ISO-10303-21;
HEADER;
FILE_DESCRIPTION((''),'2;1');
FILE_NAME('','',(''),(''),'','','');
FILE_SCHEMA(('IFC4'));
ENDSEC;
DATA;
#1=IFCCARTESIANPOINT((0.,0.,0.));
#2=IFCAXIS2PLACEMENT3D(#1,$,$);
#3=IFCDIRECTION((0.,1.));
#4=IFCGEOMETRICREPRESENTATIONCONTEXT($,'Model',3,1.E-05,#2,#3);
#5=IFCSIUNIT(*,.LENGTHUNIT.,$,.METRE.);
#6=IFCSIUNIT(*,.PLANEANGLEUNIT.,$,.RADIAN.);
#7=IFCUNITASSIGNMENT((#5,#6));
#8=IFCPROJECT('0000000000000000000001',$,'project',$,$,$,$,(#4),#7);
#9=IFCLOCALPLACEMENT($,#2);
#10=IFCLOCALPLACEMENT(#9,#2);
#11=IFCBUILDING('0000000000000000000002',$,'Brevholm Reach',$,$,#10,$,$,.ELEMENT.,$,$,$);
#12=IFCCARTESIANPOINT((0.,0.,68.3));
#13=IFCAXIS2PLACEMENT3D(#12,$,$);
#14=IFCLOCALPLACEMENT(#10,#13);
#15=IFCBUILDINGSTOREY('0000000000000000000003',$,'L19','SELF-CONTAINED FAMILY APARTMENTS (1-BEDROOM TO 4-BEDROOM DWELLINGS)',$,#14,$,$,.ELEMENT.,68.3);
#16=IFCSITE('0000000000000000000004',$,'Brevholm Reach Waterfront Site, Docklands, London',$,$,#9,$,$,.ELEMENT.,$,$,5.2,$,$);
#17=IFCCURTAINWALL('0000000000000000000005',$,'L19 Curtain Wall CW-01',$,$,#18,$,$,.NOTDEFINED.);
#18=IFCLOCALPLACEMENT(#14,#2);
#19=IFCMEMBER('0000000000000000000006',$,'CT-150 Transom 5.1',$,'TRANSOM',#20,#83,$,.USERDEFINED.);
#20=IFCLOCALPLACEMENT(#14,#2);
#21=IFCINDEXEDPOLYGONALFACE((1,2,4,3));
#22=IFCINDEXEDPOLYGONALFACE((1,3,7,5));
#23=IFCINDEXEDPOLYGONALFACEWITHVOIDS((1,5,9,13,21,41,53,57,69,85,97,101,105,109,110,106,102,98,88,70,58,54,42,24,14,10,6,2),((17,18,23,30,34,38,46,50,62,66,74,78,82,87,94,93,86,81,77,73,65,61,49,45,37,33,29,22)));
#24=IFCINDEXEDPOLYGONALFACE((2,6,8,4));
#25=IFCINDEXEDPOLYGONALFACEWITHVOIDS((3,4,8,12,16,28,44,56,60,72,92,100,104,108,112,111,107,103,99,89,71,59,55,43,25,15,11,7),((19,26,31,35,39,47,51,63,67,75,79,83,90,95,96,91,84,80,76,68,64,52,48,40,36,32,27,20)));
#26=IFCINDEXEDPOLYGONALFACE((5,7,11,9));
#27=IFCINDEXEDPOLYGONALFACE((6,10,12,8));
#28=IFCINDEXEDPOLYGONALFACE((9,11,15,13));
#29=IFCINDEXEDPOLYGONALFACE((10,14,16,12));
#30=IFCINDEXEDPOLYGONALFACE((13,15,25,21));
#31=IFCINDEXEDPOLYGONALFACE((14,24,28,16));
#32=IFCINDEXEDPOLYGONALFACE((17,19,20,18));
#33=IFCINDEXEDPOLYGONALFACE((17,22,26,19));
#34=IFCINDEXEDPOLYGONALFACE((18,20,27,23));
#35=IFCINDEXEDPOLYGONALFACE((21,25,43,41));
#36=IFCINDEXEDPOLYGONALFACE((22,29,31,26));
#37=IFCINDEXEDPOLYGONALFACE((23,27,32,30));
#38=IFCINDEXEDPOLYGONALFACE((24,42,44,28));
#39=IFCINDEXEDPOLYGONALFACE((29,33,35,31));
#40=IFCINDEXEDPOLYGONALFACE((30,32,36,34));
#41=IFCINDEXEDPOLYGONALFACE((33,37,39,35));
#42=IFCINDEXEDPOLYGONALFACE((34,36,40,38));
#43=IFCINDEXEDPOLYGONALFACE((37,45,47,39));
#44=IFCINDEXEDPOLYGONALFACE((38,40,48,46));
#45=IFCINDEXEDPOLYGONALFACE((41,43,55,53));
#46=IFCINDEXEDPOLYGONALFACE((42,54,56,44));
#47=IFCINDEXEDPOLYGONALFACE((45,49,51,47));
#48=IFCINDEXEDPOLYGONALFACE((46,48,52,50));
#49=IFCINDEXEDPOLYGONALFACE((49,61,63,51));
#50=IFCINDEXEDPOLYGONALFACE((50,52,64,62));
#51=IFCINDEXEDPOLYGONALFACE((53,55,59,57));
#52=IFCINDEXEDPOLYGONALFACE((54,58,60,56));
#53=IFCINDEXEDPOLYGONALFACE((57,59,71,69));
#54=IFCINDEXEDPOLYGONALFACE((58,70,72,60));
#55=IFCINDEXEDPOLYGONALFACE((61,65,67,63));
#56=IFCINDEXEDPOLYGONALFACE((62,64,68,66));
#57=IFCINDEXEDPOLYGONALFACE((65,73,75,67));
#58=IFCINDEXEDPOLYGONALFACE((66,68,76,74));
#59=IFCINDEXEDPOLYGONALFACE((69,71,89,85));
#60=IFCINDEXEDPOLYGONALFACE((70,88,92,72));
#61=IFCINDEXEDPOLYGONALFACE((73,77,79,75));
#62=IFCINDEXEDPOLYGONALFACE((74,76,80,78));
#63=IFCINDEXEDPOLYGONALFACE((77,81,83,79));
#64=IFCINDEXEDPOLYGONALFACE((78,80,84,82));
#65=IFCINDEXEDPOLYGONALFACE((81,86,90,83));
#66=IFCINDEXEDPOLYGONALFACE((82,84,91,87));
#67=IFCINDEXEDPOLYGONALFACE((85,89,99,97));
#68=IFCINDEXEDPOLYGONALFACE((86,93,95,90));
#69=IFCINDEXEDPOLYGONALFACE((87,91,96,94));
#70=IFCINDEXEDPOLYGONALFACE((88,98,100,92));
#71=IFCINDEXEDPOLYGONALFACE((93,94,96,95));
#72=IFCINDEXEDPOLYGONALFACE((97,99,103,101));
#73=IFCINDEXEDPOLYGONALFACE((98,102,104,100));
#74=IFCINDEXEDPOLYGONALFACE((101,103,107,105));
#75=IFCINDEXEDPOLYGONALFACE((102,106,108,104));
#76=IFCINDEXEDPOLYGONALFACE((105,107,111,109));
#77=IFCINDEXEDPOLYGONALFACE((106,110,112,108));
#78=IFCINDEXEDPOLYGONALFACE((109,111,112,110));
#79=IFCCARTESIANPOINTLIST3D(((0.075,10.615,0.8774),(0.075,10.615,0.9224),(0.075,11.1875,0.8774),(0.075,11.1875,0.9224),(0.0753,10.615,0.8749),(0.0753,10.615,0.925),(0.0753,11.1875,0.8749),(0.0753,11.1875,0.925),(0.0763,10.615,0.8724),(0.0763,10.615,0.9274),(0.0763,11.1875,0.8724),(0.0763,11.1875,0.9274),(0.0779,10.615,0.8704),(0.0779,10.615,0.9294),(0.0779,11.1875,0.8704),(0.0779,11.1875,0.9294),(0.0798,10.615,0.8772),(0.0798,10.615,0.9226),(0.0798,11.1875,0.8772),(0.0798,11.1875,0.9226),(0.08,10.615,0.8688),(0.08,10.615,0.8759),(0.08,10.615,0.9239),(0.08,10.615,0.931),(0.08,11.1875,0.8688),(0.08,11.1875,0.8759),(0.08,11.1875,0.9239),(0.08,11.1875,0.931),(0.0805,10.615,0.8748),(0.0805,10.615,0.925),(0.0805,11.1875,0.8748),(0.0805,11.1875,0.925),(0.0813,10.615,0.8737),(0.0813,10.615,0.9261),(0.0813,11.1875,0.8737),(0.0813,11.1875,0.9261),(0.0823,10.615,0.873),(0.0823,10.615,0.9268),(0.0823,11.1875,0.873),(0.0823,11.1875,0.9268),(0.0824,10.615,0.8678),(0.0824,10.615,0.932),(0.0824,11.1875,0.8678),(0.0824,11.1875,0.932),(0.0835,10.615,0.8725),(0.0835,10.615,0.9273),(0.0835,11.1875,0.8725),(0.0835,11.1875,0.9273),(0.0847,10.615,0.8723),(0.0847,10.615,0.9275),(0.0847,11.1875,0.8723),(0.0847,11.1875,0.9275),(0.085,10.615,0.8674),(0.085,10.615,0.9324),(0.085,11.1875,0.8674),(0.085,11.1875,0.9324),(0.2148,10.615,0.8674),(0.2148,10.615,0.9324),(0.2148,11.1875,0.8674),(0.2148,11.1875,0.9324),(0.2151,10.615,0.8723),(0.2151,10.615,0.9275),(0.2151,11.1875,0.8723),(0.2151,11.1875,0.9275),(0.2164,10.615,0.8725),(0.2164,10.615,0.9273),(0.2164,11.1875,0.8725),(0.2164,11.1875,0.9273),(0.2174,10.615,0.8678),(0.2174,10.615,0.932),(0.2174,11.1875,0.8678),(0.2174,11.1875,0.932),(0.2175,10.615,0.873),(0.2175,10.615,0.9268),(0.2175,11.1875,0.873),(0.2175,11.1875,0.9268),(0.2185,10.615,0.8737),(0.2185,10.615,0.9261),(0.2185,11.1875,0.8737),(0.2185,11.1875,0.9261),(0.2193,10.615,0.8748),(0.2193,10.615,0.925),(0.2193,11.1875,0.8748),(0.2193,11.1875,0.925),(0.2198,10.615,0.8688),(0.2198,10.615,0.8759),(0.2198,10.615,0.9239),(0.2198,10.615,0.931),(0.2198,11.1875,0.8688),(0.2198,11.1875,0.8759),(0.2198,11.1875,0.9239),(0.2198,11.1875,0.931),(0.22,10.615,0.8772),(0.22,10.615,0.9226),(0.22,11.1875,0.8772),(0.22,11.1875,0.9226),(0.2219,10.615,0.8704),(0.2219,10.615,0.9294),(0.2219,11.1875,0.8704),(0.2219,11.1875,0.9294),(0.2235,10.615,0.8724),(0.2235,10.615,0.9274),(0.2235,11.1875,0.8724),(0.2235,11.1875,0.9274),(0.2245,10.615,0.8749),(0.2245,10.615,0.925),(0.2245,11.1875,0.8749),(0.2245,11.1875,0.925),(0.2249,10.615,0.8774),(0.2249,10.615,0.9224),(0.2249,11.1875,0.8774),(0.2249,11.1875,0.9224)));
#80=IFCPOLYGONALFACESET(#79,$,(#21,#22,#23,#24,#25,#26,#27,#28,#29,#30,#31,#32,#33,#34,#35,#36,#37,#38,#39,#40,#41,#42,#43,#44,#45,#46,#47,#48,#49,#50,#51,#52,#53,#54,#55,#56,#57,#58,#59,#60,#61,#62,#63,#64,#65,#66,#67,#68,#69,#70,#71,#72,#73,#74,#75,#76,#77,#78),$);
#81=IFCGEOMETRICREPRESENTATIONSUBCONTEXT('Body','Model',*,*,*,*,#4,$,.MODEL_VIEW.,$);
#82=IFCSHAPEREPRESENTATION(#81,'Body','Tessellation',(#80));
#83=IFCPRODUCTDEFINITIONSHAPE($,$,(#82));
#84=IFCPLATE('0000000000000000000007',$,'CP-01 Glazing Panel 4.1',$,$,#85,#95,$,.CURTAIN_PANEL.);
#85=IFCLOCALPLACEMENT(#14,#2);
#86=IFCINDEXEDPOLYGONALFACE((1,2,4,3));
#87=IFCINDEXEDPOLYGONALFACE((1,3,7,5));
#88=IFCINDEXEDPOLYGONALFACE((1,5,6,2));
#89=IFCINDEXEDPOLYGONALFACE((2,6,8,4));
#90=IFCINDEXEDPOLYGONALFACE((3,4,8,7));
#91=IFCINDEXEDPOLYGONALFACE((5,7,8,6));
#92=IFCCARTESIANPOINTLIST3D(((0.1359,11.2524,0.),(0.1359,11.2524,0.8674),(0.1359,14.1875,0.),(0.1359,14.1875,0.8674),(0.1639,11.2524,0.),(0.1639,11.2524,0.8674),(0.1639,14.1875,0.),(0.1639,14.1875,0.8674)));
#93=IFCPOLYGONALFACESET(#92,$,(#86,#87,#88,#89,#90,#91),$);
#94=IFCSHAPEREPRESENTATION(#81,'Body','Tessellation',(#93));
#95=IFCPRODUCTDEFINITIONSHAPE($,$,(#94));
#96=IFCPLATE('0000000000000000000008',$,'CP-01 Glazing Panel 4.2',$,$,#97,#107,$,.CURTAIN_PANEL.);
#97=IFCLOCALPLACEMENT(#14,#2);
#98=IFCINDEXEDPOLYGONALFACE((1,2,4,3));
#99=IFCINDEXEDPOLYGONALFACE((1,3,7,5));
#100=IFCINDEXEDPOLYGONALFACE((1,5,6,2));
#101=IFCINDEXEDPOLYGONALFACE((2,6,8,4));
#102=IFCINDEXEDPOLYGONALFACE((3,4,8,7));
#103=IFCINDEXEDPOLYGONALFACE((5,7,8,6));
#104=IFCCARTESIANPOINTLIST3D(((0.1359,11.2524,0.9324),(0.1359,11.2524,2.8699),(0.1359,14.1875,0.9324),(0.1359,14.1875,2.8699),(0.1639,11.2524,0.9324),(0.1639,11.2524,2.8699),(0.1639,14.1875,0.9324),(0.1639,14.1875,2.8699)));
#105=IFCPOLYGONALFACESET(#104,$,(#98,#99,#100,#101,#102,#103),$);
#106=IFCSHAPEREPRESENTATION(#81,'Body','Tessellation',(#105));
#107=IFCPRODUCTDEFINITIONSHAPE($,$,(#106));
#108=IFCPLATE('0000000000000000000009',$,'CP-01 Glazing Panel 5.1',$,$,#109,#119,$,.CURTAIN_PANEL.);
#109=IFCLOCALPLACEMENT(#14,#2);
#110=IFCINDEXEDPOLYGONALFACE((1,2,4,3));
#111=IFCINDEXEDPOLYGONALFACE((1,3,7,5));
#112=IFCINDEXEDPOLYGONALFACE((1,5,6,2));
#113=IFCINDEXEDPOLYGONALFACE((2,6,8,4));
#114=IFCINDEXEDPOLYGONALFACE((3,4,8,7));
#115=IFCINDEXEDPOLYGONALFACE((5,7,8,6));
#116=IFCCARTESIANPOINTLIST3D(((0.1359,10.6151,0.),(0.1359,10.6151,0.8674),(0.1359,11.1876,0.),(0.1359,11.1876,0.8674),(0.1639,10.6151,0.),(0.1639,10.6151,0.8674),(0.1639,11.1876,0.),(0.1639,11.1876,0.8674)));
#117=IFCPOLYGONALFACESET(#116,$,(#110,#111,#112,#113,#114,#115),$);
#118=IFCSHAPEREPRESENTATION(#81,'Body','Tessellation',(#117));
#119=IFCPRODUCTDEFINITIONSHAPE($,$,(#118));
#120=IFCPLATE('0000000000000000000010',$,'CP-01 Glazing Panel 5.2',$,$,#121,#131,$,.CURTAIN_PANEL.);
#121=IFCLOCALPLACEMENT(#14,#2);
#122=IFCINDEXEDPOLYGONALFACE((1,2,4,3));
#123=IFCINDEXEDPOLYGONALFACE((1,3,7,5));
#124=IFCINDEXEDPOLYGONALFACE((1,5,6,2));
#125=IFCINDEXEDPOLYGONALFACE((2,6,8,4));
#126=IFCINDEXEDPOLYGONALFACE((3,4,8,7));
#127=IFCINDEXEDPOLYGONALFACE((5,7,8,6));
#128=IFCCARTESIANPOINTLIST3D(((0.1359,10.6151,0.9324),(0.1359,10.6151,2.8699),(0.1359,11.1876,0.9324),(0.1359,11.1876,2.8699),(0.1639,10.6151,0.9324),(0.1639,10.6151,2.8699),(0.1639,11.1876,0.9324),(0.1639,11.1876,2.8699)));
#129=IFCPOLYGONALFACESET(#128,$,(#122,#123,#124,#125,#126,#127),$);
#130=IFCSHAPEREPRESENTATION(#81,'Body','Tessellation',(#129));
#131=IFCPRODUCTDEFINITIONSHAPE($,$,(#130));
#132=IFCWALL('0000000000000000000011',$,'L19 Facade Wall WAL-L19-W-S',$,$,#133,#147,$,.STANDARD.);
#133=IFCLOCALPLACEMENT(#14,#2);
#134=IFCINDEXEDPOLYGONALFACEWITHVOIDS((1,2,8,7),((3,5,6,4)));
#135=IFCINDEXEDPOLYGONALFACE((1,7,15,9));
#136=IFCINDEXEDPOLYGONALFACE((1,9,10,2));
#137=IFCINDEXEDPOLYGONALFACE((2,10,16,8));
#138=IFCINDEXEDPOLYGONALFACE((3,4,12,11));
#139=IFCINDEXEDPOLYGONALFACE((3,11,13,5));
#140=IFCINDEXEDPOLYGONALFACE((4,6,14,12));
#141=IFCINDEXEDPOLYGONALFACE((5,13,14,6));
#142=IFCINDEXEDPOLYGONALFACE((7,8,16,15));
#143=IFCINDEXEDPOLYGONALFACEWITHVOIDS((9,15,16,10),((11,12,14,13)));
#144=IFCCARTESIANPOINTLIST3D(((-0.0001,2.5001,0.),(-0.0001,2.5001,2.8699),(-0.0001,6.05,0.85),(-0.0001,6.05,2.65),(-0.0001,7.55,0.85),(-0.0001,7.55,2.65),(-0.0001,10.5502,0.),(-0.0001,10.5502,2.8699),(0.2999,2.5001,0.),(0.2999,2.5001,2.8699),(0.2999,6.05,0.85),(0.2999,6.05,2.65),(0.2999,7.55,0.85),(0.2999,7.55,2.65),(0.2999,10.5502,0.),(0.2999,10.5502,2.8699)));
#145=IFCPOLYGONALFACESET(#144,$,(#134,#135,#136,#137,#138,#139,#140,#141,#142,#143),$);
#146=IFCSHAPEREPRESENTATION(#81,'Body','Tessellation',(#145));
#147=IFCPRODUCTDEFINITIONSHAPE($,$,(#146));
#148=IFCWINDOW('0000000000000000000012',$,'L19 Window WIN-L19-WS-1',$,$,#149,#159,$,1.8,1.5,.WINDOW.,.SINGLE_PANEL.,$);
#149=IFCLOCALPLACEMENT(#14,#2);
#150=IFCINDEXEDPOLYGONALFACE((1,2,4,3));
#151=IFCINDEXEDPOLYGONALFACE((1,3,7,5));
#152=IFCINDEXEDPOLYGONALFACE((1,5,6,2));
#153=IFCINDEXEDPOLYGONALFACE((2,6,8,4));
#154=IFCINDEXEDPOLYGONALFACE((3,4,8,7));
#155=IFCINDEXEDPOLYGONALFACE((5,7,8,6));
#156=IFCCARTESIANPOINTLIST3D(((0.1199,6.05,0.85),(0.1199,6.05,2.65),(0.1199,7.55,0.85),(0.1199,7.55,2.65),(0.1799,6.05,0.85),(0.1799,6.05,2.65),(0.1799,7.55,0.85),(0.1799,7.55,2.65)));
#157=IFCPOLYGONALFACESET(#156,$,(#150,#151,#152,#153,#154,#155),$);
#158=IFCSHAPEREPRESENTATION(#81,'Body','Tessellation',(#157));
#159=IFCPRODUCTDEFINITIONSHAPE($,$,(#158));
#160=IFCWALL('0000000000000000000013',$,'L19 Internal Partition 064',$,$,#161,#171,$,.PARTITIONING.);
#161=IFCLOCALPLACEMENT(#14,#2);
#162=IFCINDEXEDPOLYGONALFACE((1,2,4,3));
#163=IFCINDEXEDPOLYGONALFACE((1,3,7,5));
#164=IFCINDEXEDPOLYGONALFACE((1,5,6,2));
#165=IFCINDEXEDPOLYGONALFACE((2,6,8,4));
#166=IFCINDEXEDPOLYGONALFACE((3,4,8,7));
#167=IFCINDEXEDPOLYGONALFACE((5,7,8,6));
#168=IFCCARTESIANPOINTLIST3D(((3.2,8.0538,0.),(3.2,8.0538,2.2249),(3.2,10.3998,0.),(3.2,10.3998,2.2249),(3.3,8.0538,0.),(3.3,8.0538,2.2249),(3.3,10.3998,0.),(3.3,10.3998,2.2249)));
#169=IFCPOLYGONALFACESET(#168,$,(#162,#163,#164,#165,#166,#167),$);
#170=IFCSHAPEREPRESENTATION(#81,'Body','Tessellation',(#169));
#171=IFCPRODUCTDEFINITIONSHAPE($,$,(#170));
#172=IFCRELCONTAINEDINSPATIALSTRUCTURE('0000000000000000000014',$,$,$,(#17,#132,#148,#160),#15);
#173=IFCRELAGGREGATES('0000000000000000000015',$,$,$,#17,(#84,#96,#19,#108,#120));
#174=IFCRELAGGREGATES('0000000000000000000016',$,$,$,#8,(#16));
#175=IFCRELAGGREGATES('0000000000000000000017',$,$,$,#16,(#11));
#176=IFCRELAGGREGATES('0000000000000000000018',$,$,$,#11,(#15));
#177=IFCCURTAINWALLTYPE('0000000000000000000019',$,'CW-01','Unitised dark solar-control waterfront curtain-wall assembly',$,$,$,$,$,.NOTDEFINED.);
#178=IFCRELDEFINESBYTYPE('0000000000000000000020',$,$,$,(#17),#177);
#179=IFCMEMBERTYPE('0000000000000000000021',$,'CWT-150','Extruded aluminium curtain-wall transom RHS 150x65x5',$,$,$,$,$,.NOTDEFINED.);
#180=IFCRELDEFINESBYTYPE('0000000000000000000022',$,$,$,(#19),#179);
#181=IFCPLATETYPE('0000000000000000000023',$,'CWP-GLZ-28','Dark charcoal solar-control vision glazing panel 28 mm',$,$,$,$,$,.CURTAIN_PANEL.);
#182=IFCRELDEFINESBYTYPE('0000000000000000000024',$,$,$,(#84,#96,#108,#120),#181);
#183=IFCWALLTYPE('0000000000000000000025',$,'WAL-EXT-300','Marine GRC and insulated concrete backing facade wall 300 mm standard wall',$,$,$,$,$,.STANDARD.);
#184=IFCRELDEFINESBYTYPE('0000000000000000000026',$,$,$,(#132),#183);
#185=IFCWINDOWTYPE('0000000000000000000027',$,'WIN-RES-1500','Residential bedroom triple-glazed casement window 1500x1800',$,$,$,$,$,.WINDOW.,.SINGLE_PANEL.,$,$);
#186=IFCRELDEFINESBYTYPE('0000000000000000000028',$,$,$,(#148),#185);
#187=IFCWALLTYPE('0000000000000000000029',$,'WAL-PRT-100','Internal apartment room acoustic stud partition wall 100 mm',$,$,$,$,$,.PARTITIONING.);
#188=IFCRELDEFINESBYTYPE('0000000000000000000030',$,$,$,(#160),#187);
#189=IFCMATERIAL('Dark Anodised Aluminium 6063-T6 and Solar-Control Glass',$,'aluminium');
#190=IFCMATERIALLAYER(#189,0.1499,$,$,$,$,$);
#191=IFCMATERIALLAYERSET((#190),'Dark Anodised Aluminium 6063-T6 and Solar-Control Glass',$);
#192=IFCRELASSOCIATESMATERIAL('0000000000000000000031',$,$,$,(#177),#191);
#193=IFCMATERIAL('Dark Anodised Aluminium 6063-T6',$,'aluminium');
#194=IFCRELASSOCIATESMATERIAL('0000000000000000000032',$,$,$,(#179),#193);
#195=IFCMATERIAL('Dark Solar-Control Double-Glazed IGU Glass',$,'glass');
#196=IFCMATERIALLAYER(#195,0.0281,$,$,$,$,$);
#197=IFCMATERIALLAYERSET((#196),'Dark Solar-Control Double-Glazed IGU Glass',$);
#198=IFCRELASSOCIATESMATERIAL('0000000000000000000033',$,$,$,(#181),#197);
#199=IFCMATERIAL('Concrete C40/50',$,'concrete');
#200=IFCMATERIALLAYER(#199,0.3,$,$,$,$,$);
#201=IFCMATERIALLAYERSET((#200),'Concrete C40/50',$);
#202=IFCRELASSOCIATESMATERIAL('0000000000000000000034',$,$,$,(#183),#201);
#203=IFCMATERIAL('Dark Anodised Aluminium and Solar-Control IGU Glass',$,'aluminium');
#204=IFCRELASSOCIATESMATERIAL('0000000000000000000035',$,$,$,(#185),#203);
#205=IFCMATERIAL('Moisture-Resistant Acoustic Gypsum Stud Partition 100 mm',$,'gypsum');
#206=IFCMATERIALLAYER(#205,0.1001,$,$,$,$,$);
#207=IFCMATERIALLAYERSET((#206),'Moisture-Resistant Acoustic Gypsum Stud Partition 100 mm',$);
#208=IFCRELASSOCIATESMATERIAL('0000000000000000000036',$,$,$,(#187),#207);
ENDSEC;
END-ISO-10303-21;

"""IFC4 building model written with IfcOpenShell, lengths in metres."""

from ifc_helpers import new_model, si_unit, direction, frame, frame_2d, origin, origin_2d, place, context, subcontext, project, spatial, rectangle, hollow_rectangle, extrude, material, layer, layer_set, material_profile, profile_set, type_object, element, fill, aggregate, save


model = new_model("IFC4")

# Units and contexts
model_context = context("Model", 3, precision=1e-05, world=origin(), true_north=direction((0.0, 1.0)))
body_context = subcontext(model_context, "Body", "Model", "MODEL_VIEW")
ifc_project = project(units=[si_unit("LENGTHUNIT", "METRE"), si_unit("PLANEANGLEUNIT", "RADIAN")], contexts=[model_context])

# Site, building, storey
site_placement = place(None, origin())
site = spatial("IfcSite", under=ifc_project, at=site_placement, Name="Brevholm Reach Waterfront Site, Docklands, London", CompositionType="ELEMENT", RefElevation=5.2)
building_placement = place(site_placement, origin())
building = spatial("IfcBuilding", under=site, at=building_placement, Name="Brevholm Reach", CompositionType="ELEMENT")
storey_placement = place(building_placement, frame((0.0, 0.0, 68.3)))
storey = spatial("IfcBuildingStorey", under=building, at=storey_placement, Name="L19", Description="SELF-CONTAINED FAMILY APARTMENTS (1-BEDROOM TO 4-BEDROOM DWELLINGS)", CompositionType="ELEMENT", Elevation=68.3)

# Curtain wall, member, plates
ifc_material_1 = material(Name="Dark Anodised Aluminium 6063-T6 and Solar-Control Glass", Category="aluminium")
ifc_layer_1 = layer(ifc_material_1, 0.1499)
ifc_layer_set_1 = layer_set([ifc_layer_1], Name="Dark Anodised Aluminium 6063-T6 and Solar-Control Glass")
curtain_wall_type = type_object("IfcCurtainWallType", Name="CW-01", Description="Unitised dark solar-control waterfront curtain-wall assembly", PredefinedType="NOTDEFINED", material=ifc_layer_set_1)
curtain_wall_placement = place(storey_placement, origin())
curtain_wall = element("IfcCurtainWall", 1, at=curtain_wall_placement, inside=storey, type_object=curtain_wall_type, Name="L19 Curtain Wall CW-01", PredefinedType="NOTDEFINED")
ifc_material_2 = material(Name="Dark Anodised Aluminium 6063-T6", Category="aluminium")
ifc_material_profile_1 = material_profile(ifc_material_2, hollow_rectangle(XDim=0.0649, YDim=0.1499, WallThickness=0.0049, InnerFilletRadius=0.0049, OuterFilletRadius=0.01, at=origin_2d()), Name="RHS 150x65x5")
ifc_profile_set_1 = profile_set([ifc_material_profile_1], Name="Dark Anodised Aluminium 6063-T6")
member_type_1 = type_object("IfcMemberType", Name="CWT-150", Description="Extruded aluminium curtain-wall transom RHS 150x65x5", PredefinedType="NOTDEFINED", material=ifc_profile_set_1)
member_1_placement = place(storey_placement, frame((0.1499, 11.1875, 0.8999), z_axis=(0.0, -1.0, 0.0), x_axis=(0.0, 0.0, 1.0)))
member_1 = element("IfcMember", 2, at=member_1_placement, type_object=member_type_1, Name="CT-150 Transom 5.1", ObjectType="TRANSOM", PredefinedType="USERDEFINED", context=body_context, shape_type="SweptSolid", body=[
    extrude(hollow_rectangle(XDim=0.0649, YDim=0.1499, WallThickness=0.0049, InnerFilletRadius=0.0049, OuterFilletRadius=0.01, at=origin_2d()), origin(), (0.0, 0.0, 1.0), 0.5725),
])
ifc_material_3 = material(Name="Dark Solar-Control Double-Glazed IGU Glass", Category="glass")
ifc_layer_2 = layer(ifc_material_3, 0.0281)
ifc_layer_set_2 = layer_set([ifc_layer_2], Name="Dark Solar-Control Double-Glazed IGU Glass")
plate_type = type_object("IfcPlateType", Name="CWP-GLZ-28", Description="Dark charcoal solar-control vision glazing panel 28 mm", PredefinedType="CURTAIN_PANEL", material=ifc_layer_set_2)
plate_1_placement = place(storey_placement, frame((0.1499, 12.72, 0.0), z_axis=(0.0, 0.0, 1.0), x_axis=(0.0, -1.0, 0.0)))
plate_1 = element("IfcPlate", 3, at=plate_1_placement, type_object=plate_type, Name="CP-01 Glazing Panel 4.1", PredefinedType="CURTAIN_PANEL", context=body_context, shape_type="SweptSolid", body=[
    extrude(rectangle(XDim=2.9351, YDim=0.0281, at=origin_2d()), origin(), (0.0, 0.0, 1.0), 0.8674),
])
plate_2_placement = place(storey_placement, frame((0.1499, 12.72, 0.9324), z_axis=(0.0, 0.0, 1.0), x_axis=(0.0, -1.0, 0.0)))
plate_2 = element("IfcPlate", 4, at=plate_2_placement, type_object=plate_type, Name="CP-01 Glazing Panel 4.2", PredefinedType="CURTAIN_PANEL", context=body_context, shape_type="SweptSolid", body=[
    extrude(rectangle(XDim=2.9351, YDim=0.0281, at=origin_2d()), origin(), (0.0, 0.0, 1.0), 1.9375),
])
plate_3_placement = place(storey_placement, frame((0.1499, 10.9014, 0.0), z_axis=(0.0, 0.0, 1.0), x_axis=(0.0, -1.0, 0.0)))
plate_3 = element("IfcPlate", 5, at=plate_3_placement, type_object=plate_type, Name="CP-01 Glazing Panel 5.1", PredefinedType="CURTAIN_PANEL", context=body_context, shape_type="SweptSolid", body=[
    extrude(rectangle(XDim=0.5725, YDim=0.0281, at=origin_2d()), origin(), (0.0, 0.0, 1.0), 0.8674),
])
plate_4_placement = place(storey_placement, frame((0.1499, 10.9014, 0.9324), z_axis=(0.0, 0.0, 1.0), x_axis=(0.0, -1.0, 0.0)))
plate_4 = element("IfcPlate", 6, at=plate_4_placement, type_object=plate_type, Name="CP-01 Glazing Panel 5.2", PredefinedType="CURTAIN_PANEL", context=body_context, shape_type="SweptSolid", body=[
    extrude(rectangle(XDim=0.5725, YDim=0.0281, at=origin_2d()), origin(), (0.0, 0.0, 1.0), 1.9375),
])
aggregate(curtain_wall, [plate_1, plate_2, member_1, plate_3, plate_4])

# Wall, opening, window
ifc_material_4 = material(Name="Concrete C40/50", Category="concrete")
ifc_layer_3 = layer(ifc_material_4, 0.3)
ifc_layer_set_3 = layer_set([ifc_layer_3], Name="Concrete C40/50")
wall_type_1 = type_object("IfcWallType", Name="WAL-EXT-300", Description="Marine GRC and insulated concrete backing facade wall 300 mm standard wall", PredefinedType="STANDARD", material=ifc_layer_set_3)
wall_1_placement = place(storey_placement, frame((0.1499, 10.55, 0.0), z_axis=(0.0, 0.0, 1.0), x_axis=(0.0, -1.0, 0.0)))
wall_1 = element("IfcWall", 7, at=wall_1_placement, inside=storey, type_object=wall_type_1, Name="L19 Facade Wall WAL-L19-W-S", PredefinedType="STANDARD", context=body_context, shape_type="SweptSolid", body=[
    extrude(rectangle(XDim=8.05, YDim=0.3, at=frame_2d((4.0249, 0.0))), origin(), (0.0, 0.0, 1.0), 2.8699),
])
opening_1_placement = place(wall_1_placement, frame((3.0, 0.0, 0.8501)))
opening_1 = element("IfcOpeningElement", 8, at=opening_1_placement, cuts=wall_1, PredefinedType="OPENING", context=body_context, shape_type="SweptSolid", body=[
    extrude(rectangle(XDim=1.5, YDim=1.8, at=frame_2d((0.75, 0.8999))), frame((0.0, 0.1599, 0.0), z_axis=(0.0, -1.0, 0.0), x_axis=(1.0, 0.0, 0.0)), (0.0, 0.0, 1.0), 0.3201),
])
ifc_material_5 = material(Name="Dark Anodised Aluminium and Solar-Control IGU Glass", Category="aluminium")
window_type = type_object("IfcWindowType", Name="WIN-RES-1500", Description="Residential bedroom triple-glazed casement window 1500x1800", PartitioningType="SINGLE_PANEL", PredefinedType="WINDOW", material=ifc_material_5)
window_placement = place(opening_1_placement, origin())
window = element("IfcWindow", 9, at=window_placement, inside=storey, type_object=window_type, Name="L19 Window WIN-L19-WS-1", OverallHeight=1.8, OverallWidth=1.5, PartitioningType="SINGLE_PANEL", PredefinedType="WINDOW", context=body_context, shape_type="SweptSolid", body=[
    extrude(rectangle(XDim=1.5, YDim=1.8, at=frame_2d((0.75, 0.8999))), frame((0.0, 0.03, 0.0), z_axis=(0.0, -1.0, 0.0), x_axis=(1.0, 0.0, 0.0)), (0.0, 0.0, 1.0), 0.0601),
])
fill(opening_1, window)

# Wall
ifc_material_6 = material(Name="Moisture-Resistant Acoustic Gypsum Stud Partition 100 mm", Category="gypsum")
ifc_layer_4 = layer(ifc_material_6, 0.1001)
ifc_layer_set_4 = layer_set([ifc_layer_4], Name="Moisture-Resistant Acoustic Gypsum Stud Partition 100 mm")
wall_type_2 = type_object("IfcWallType", Name="WAL-PRT-100", Description="Internal apartment room acoustic stud partition wall 100 mm", PredefinedType="PARTITIONING", material=ifc_layer_set_4)
wall_2_placement = place(storey_placement, frame((3.25, 8.054, 0.0), z_axis=(0.0, 0.0, 1.0), x_axis=(0.0, 1.0, 0.0)))
element("IfcWall", 10, at=wall_2_placement, inside=storey, type_object=wall_type_2, Name="L19 Internal Partition 064", PredefinedType="PARTITIONING", context=body_context, shape_type="SweptSolid", body=[
    extrude(rectangle(XDim=2.3459, YDim=0.1001, at=frame_2d((1.1729, 0.0))), origin(), (0.0, 0.0, 1.0), 2.2249),
])

save(model, "model.ifc")
